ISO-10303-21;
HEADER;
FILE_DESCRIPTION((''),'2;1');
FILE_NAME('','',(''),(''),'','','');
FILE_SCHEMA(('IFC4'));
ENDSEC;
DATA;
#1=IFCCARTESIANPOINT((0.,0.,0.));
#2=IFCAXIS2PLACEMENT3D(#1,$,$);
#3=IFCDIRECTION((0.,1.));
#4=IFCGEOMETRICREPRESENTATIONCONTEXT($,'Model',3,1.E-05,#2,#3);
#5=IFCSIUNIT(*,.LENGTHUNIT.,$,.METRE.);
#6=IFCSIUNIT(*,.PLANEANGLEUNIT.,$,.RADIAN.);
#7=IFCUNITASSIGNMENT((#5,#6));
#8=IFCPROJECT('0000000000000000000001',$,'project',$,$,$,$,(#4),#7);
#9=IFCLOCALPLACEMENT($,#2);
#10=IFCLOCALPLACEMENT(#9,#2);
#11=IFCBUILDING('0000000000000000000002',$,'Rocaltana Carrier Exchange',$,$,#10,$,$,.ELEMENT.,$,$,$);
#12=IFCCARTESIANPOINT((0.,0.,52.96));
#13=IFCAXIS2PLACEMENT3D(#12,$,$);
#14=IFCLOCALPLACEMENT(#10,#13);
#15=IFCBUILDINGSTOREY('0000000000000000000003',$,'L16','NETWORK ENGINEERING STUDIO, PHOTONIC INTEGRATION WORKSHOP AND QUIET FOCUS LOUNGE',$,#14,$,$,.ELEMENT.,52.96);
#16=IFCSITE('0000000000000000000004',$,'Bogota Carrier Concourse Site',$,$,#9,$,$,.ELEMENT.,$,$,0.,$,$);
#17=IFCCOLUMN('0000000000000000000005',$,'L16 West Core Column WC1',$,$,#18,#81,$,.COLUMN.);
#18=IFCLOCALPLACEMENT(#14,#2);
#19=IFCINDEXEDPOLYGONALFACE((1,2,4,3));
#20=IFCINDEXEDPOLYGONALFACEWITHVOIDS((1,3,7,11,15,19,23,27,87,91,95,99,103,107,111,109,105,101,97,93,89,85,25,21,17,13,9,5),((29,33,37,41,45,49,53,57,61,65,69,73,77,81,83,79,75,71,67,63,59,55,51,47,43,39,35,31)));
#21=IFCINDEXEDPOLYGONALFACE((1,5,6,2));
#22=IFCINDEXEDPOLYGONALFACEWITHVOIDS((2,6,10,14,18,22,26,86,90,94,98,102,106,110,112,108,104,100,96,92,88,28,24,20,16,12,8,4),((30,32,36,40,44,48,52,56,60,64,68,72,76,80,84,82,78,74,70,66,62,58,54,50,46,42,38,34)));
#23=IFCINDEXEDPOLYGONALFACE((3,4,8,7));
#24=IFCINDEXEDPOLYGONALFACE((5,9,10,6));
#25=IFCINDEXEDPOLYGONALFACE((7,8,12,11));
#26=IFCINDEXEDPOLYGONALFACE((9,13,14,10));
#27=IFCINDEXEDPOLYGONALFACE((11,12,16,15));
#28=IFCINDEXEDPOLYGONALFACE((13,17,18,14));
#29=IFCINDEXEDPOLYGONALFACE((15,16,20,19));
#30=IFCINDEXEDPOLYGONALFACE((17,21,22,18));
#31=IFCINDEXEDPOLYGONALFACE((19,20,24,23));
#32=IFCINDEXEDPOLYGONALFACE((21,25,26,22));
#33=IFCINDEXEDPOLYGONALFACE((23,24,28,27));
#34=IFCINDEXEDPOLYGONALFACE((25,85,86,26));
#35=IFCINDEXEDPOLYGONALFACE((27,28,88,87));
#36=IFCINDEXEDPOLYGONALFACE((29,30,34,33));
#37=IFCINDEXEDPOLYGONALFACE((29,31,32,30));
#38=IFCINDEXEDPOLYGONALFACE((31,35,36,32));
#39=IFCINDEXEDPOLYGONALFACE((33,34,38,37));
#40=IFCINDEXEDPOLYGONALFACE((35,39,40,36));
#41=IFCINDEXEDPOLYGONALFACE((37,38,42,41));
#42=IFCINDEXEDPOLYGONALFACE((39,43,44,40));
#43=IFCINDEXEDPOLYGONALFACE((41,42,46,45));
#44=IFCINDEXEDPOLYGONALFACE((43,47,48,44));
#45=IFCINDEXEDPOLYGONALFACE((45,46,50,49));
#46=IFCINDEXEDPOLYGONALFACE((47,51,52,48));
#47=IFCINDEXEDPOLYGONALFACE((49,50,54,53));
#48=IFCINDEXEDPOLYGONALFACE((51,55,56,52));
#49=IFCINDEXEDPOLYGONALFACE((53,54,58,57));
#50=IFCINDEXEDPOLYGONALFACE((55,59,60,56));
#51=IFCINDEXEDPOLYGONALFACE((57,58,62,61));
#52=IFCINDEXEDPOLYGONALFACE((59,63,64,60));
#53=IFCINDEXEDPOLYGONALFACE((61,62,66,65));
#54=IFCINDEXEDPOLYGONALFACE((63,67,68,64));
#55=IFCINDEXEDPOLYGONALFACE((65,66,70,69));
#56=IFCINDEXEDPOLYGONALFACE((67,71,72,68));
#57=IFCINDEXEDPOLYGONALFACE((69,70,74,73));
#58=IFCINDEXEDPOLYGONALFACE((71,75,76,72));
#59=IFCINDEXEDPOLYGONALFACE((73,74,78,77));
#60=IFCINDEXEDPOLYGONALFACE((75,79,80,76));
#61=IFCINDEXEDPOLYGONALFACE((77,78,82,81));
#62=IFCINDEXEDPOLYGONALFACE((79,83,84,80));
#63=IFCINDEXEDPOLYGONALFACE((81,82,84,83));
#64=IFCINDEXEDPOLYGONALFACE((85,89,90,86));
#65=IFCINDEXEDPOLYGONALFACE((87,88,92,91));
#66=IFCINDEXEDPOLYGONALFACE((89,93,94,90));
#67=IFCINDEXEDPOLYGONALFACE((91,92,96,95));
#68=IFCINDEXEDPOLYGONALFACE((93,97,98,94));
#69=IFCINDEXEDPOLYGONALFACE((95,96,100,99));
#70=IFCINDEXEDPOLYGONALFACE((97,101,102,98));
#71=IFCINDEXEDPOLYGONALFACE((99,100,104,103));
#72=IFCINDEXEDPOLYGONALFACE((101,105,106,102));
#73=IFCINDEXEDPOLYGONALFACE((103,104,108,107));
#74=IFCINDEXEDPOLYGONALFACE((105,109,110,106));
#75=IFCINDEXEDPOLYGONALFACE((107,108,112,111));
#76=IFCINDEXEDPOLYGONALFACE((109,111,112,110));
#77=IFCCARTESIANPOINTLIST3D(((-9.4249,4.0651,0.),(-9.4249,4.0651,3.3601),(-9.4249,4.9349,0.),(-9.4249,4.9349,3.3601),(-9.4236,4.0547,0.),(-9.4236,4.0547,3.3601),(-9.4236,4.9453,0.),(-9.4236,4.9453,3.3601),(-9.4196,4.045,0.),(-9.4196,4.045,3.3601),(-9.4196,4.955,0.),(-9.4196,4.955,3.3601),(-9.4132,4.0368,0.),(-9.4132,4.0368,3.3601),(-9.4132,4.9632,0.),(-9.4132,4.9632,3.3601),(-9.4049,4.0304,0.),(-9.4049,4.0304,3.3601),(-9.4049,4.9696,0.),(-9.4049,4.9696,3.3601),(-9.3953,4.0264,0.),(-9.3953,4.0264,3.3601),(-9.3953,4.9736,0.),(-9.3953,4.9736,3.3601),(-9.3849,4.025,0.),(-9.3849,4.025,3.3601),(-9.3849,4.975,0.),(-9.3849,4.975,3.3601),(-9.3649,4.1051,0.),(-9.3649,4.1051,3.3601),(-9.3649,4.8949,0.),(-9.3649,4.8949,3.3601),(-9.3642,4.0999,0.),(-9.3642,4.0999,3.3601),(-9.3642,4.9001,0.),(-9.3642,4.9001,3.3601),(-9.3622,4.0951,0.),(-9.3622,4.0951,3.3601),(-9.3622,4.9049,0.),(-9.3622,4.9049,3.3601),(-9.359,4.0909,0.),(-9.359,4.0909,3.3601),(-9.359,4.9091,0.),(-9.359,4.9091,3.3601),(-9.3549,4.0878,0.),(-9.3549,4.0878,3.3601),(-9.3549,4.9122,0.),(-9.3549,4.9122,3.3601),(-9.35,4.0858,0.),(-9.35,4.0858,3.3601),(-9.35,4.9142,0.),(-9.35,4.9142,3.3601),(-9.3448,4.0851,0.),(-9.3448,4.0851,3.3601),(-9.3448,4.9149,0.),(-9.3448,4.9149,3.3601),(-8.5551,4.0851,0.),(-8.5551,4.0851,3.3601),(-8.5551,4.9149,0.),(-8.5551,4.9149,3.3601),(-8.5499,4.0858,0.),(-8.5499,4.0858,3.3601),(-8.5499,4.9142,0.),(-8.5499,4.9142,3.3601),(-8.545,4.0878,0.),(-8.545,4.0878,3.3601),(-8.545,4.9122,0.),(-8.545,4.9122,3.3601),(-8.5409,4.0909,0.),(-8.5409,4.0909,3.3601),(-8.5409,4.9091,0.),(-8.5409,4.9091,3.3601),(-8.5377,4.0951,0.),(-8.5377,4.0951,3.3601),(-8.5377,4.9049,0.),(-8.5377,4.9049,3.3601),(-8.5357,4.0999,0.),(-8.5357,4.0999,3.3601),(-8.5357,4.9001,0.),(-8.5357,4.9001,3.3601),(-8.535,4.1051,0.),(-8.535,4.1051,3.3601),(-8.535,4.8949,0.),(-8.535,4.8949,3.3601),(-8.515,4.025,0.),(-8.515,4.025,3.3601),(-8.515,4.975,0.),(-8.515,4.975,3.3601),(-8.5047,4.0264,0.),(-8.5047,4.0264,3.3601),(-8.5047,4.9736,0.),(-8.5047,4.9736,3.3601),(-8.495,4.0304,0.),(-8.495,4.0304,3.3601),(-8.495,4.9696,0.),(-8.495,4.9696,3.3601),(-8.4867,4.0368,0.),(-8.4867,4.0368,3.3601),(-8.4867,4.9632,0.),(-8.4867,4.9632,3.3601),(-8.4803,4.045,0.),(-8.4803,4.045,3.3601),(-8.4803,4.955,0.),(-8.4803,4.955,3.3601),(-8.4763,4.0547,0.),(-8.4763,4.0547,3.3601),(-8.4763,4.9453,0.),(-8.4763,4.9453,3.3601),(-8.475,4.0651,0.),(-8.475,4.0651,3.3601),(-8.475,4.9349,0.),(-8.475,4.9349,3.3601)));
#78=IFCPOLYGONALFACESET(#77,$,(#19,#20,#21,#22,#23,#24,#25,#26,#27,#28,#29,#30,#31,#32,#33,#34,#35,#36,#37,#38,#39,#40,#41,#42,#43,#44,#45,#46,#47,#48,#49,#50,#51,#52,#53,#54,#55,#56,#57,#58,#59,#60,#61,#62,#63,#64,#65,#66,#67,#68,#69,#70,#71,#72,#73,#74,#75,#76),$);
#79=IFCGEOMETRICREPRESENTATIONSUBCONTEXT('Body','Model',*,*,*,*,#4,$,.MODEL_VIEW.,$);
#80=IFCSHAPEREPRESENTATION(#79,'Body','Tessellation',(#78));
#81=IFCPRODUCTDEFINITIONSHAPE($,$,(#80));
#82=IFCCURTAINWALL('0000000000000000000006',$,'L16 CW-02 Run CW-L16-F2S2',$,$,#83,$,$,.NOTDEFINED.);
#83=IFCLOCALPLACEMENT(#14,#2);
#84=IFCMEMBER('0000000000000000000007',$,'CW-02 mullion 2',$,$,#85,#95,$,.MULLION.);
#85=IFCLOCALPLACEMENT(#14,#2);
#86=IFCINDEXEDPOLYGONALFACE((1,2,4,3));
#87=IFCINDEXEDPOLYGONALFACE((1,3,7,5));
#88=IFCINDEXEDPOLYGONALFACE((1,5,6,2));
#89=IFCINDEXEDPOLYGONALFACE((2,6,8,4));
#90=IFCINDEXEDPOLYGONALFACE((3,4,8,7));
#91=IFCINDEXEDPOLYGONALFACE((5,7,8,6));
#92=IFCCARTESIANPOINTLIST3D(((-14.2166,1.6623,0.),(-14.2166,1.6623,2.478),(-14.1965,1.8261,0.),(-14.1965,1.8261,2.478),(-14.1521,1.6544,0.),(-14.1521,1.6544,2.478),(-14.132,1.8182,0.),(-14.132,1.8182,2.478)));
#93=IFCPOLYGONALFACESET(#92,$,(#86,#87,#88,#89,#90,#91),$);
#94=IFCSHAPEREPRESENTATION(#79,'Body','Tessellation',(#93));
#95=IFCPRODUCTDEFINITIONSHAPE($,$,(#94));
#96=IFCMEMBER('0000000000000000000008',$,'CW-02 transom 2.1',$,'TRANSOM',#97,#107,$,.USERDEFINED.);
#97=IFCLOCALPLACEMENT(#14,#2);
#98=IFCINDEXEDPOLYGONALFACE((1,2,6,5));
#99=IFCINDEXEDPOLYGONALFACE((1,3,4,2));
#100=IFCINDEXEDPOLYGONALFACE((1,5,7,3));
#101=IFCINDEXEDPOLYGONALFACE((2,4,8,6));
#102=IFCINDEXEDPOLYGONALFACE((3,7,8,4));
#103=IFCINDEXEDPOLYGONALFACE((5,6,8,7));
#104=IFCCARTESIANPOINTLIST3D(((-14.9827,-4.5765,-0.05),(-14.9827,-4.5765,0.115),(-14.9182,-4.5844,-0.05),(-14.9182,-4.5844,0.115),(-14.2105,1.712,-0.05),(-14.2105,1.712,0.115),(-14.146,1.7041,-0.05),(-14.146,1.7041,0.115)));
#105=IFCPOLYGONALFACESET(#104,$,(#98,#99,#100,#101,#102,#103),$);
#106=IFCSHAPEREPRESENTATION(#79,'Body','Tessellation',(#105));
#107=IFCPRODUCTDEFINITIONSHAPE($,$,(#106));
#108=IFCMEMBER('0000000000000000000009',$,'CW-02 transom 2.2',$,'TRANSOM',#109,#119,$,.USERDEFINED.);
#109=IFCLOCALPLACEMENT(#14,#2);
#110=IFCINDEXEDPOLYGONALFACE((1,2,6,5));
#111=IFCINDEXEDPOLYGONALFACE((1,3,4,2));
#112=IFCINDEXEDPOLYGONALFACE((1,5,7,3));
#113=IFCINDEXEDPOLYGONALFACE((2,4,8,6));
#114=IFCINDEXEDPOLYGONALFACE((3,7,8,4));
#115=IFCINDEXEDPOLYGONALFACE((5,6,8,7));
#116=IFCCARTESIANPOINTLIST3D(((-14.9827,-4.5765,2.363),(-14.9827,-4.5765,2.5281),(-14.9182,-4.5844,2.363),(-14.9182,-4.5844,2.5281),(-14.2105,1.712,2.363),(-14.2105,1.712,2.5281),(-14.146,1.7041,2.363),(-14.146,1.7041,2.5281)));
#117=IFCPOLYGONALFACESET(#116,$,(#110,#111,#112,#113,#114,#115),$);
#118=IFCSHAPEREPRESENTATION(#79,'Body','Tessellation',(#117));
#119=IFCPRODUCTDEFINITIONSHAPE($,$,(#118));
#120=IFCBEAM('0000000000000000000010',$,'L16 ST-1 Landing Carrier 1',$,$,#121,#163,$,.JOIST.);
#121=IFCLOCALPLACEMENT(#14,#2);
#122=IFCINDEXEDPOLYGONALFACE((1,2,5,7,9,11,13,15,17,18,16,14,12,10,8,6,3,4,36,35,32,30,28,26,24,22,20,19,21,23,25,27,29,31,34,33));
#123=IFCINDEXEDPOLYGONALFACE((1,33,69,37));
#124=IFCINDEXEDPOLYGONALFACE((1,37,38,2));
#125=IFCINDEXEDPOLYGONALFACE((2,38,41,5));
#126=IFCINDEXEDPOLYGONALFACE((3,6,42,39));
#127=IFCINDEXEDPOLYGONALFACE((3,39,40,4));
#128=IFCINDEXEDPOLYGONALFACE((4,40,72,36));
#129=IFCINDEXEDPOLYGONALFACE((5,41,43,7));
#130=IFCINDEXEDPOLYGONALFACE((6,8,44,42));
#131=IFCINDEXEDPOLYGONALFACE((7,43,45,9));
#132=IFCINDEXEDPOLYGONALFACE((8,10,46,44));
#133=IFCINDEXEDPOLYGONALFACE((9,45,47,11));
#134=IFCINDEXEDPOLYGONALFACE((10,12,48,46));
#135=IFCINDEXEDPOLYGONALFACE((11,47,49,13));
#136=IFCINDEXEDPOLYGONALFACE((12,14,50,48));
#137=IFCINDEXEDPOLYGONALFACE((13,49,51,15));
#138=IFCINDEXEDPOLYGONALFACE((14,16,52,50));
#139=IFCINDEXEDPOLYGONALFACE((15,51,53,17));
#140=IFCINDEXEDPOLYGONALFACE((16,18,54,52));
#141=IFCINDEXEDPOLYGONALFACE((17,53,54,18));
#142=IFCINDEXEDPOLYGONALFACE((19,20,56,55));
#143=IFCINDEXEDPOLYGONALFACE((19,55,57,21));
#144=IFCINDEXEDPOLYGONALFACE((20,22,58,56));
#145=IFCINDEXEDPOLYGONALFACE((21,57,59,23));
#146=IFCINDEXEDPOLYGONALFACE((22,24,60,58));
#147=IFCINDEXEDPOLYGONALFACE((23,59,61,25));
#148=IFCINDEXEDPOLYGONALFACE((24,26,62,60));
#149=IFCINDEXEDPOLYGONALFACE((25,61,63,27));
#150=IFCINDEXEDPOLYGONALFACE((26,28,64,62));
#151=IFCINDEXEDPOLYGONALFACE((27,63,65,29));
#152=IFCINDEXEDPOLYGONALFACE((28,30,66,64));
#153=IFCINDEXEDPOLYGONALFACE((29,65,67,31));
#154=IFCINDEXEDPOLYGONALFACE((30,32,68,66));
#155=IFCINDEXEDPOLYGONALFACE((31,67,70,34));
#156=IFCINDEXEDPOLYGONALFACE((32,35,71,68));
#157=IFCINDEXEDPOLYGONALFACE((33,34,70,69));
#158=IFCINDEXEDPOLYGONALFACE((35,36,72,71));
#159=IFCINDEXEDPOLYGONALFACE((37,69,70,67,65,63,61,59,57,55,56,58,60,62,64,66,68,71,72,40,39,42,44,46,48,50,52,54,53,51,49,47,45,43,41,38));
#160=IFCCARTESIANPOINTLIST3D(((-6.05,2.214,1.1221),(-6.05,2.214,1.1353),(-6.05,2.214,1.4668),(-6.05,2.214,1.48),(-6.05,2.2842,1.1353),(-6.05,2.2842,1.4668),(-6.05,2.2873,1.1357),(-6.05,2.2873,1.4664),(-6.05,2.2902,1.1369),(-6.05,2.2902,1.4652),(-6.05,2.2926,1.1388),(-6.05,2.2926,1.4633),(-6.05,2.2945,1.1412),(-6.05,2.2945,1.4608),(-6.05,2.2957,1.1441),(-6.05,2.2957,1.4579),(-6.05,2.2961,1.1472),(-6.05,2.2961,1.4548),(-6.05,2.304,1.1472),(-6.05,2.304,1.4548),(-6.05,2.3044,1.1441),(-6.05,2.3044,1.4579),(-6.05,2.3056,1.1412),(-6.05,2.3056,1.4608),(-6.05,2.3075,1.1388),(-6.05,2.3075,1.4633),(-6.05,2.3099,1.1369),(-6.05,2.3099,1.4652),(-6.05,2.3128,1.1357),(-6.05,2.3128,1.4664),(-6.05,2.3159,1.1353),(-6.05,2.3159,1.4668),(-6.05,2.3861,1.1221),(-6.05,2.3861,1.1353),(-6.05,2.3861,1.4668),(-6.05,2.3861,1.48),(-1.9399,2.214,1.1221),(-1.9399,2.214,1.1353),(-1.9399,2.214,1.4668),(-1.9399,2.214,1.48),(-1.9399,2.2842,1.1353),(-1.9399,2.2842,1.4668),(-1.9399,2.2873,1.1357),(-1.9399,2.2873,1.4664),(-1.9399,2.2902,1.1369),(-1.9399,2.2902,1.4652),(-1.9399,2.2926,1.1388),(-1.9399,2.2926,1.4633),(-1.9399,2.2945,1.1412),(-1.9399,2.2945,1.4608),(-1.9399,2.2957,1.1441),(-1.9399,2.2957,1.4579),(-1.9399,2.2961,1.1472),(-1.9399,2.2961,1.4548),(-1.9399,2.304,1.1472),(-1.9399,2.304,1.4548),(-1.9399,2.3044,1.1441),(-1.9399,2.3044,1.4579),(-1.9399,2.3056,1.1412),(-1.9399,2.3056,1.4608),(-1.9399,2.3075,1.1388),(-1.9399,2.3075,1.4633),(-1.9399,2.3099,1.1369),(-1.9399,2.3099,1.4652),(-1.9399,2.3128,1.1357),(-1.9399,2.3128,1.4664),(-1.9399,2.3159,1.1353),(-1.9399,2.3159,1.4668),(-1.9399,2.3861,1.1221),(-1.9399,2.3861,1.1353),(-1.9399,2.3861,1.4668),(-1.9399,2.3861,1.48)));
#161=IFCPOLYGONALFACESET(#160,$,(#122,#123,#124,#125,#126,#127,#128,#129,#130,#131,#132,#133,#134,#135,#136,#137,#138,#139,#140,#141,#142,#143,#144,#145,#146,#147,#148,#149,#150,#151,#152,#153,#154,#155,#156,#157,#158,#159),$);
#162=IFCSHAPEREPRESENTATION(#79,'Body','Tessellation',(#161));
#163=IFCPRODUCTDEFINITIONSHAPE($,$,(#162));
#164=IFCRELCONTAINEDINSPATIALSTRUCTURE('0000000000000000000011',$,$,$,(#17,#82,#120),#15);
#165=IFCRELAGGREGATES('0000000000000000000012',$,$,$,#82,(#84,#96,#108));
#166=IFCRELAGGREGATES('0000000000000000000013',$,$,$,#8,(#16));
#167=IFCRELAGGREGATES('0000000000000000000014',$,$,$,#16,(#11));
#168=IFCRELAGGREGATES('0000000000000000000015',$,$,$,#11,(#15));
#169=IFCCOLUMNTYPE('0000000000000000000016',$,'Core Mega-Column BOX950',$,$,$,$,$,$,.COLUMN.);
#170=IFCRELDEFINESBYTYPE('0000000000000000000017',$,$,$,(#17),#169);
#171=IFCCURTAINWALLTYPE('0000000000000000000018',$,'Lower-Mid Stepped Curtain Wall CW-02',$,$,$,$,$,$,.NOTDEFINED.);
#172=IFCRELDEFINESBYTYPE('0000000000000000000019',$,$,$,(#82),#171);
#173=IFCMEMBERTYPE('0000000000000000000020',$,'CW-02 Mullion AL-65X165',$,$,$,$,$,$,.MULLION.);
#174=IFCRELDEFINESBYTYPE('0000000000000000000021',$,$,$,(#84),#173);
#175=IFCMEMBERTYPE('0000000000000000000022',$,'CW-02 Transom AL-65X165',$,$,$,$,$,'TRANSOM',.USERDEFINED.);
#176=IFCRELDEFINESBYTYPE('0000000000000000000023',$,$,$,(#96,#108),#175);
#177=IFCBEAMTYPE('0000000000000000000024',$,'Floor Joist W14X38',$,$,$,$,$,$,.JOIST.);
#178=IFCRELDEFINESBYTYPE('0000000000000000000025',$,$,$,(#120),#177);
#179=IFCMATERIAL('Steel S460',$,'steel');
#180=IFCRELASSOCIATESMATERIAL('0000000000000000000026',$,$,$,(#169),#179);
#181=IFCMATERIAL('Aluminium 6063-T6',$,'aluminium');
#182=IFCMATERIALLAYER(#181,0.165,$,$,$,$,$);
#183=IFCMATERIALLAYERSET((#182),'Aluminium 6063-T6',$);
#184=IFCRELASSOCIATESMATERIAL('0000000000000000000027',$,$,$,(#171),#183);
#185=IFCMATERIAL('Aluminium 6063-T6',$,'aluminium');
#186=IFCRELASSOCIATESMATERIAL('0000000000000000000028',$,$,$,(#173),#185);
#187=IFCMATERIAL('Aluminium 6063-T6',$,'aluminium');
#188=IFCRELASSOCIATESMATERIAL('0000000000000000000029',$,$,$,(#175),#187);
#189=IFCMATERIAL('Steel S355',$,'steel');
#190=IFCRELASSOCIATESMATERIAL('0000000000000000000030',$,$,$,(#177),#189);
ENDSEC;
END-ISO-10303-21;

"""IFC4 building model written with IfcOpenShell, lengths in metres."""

from ifc_helpers import new_model, si_unit, direction, frame, origin, origin_2d, place, context, subcontext, project, spatial, rectangle, hollow_rectangle, i_section, extrude, material, layer, layer_set, material_profile, profile_set, type_object, element, aggregate, save


model = new_model("IFC4")

# Units and contexts
model_context = context("Model", 3, precision=1e-05, world=origin(), true_north=direction((0.0, 1.0)))
body_context = subcontext(model_context, "Body", "Model", "MODEL_VIEW")
ifc_project = project(units=[si_unit("LENGTHUNIT", "METRE"), si_unit("PLANEANGLEUNIT", "RADIAN")], contexts=[model_context])

# Site, building, storey
site_placement = place(None, origin())
site = spatial("IfcSite", under=ifc_project, at=site_placement, Name="Bogota Carrier Concourse Site", CompositionType="ELEMENT", RefElevation=0.0)
building_placement = place(site_placement, origin())
building = spatial("IfcBuilding", under=site, at=building_placement, Name="Rocaltana Carrier Exchange", CompositionType="ELEMENT")
storey_placement = place(building_placement, frame((0.0, 0.0, 52.96)))
storey = spatial("IfcBuildingStorey", under=building, at=storey_placement, Name="L16", Description="NETWORK ENGINEERING STUDIO, PHOTONIC INTEGRATION WORKSHOP AND QUIET FOCUS LOUNGE", CompositionType="ELEMENT", Elevation=52.96)

# Column
ifc_material_1 = material(Name="Steel S460", Category="steel")
ifc_material_profile_1 = material_profile(ifc_material_1, hollow_rectangle(XDim=0.95, YDim=0.95, WallThickness=0.0601, InnerFilletRadius=0.02, OuterFilletRadius=0.04, at=origin_2d()), Name="BOX950X950X60")
ifc_profile_set_1 = profile_set([ifc_material_profile_1], Name="Steel S460")
column_type = type_object("IfcColumnType", Name="Core Mega-Column BOX950", PredefinedType="COLUMN", material=ifc_profile_set_1)
column_placement = place(storey_placement, frame((-8.95, 4.5, 0.0), z_axis=(0.0, 0.0, 1.0), x_axis=(1.0, 0.0, 0.0)))
element("IfcColumn", 1, at=column_placement, inside=storey, type_object=column_type, Name="L16 West Core Column WC1", PredefinedType="COLUMN", context=body_context, shape_type="SweptSolid", body=[
    extrude(hollow_rectangle(XDim=0.95, YDim=0.95, WallThickness=0.0601, InnerFilletRadius=0.02, OuterFilletRadius=0.04, at=origin_2d()), origin(), (0.0, 0.0, 1.0), 3.3601),
])

# Curtain wall, members
ifc_material_2 = material(Name="Aluminium 6063-T6", Category="aluminium")
ifc_layer_1 = layer(ifc_material_2, 0.165)
ifc_layer_set_1 = layer_set([ifc_layer_1], Name="Aluminium 6063-T6")
curtain_wall_type = type_object("IfcCurtainWallType", Name="Lower-Mid Stepped Curtain Wall CW-02", PredefinedType="NOTDEFINED", material=ifc_layer_set_1)
curtain_wall_placement = place(storey_placement, origin())
curtain_wall = element("IfcCurtainWall", 2, at=curtain_wall_placement, inside=storey, type_object=curtain_wall_type, Name="L16 CW-02 Run CW-L16-F2S2", PredefinedType="NOTDEFINED")
ifc_material_3 = material(Name="Aluminium 6063-T6", Category="aluminium")
ifc_material_profile_2 = material_profile(ifc_material_3, rectangle(XDim=0.0649, YDim=0.165, at=origin_2d()), Name="AL-65X165")
ifc_profile_set_2 = profile_set([ifc_material_profile_2], Name="Aluminium 6063-T6")
member_type_1 = type_object("IfcMemberType", Name="CW-02 Mullion AL-65X165", PredefinedType="MULLION", material=ifc_profile_set_2)
member_1_placement = place(storey_placement, frame((-14.1743, 1.7402, 0.0), z_axis=(0.0, 0.0, 1.0), x_axis=(0.992546, -0.121874, 0.0)))
member_1 = element("IfcMember", 3, at=member_1_placement, type_object=member_type_1, Name="CW-02 mullion 2", PredefinedType="MULLION", context=body_context, shape_type="SweptSolid", body=[
    extrude(rectangle(XDim=0.0649, YDim=0.165, at=origin_2d()), origin(), (0.0, 0.0, 1.0), 2.478),
])
ifc_material_4 = material(Name="Aluminium 6063-T6", Category="aluminium")
ifc_material_profile_3 = material_profile(ifc_material_4, rectangle(XDim=0.0649, YDim=0.165, at=origin_2d()), Name="AL-65X165")
ifc_profile_set_3 = profile_set([ifc_material_profile_3], Name="Aluminium 6063-T6")
member_type_2 = type_object("IfcMemberType", Name="CW-02 Transom AL-65X165", ElementType="TRANSOM", PredefinedType="USERDEFINED", material=ifc_profile_set_3)
member_2_placement = place(storey_placement, frame((-14.1782, 1.708, 0.0325), z_axis=(-0.121881, -0.992545, 0.0), x_axis=(0.992545, -0.121881, 0.0)))
member_2 = element("IfcMember", 4, at=member_2_placement, type_object=member_type_2, Name="CW-02 transom 2.1", ObjectType="TRANSOM", PredefinedType="USERDEFINED", context=body_context, shape_type="SweptSolid", body=[
    extrude(rectangle(XDim=0.0649, YDim=0.165, at=origin_2d()), origin(), (0.0, 0.0, 1.0), 6.3357),
])
member_3_placement = place(storey_placement, frame((-14.1782, 1.708, 2.4456), z_axis=(-0.121881, -0.992545, 0.0), x_axis=(0.992545, -0.121881, 0.0)))
member_3 = element("IfcMember", 5, at=member_3_placement, type_object=member_type_2, Name="CW-02 transom 2.2", ObjectType="TRANSOM", PredefinedType="USERDEFINED", context=body_context, shape_type="SweptSolid", body=[
    extrude(rectangle(XDim=0.0649, YDim=0.165, at=origin_2d()), origin(), (0.0, 0.0, 1.0), 6.3357),
])

# Beam
ifc_material_5 = material(Name="Steel S355", Category="steel")
ifc_material_profile_4 = material_profile(ifc_material_5, i_section(OverallWidth=0.1721, OverallDepth=0.3579, WebThickness=0.0078, FlangeThickness=0.0132, FilletRadius=0.012, at=origin_2d()), Name="W14X38")
ifc_profile_set_4 = profile_set([ifc_material_profile_4], Name="Steel S355")
beam_type_1 = type_object("IfcBeamType", Name="Floor Joist W14X38", PredefinedType="JOIST", material=ifc_profile_set_4)
beam_1_placement = place(storey_placement, frame((-6.05, 2.3, 1.301), z_axis=(1.0, 0.0, 0.0), x_axis=(0.0, 1.0, 0.0)))
element("IfcBeam", 6, at=beam_1_placement, inside=storey, type_object=beam_type_1, Name="L16 ST-1 Landing Carrier 1", PredefinedType="JOIST", context=body_context, shape_type="SweptSolid", body=[
    extrude(i_section(OverallWidth=0.1721, OverallDepth=0.3579, WebThickness=0.0078, FlangeThickness=0.0132, FilletRadius=0.012, at=origin_2d()), origin(), (0.0, 0.0, 1.0), 4.1101),
])

aggregate(curtain_wall, [member_1, member_2, member_3])

save(model, "model.ifc")
